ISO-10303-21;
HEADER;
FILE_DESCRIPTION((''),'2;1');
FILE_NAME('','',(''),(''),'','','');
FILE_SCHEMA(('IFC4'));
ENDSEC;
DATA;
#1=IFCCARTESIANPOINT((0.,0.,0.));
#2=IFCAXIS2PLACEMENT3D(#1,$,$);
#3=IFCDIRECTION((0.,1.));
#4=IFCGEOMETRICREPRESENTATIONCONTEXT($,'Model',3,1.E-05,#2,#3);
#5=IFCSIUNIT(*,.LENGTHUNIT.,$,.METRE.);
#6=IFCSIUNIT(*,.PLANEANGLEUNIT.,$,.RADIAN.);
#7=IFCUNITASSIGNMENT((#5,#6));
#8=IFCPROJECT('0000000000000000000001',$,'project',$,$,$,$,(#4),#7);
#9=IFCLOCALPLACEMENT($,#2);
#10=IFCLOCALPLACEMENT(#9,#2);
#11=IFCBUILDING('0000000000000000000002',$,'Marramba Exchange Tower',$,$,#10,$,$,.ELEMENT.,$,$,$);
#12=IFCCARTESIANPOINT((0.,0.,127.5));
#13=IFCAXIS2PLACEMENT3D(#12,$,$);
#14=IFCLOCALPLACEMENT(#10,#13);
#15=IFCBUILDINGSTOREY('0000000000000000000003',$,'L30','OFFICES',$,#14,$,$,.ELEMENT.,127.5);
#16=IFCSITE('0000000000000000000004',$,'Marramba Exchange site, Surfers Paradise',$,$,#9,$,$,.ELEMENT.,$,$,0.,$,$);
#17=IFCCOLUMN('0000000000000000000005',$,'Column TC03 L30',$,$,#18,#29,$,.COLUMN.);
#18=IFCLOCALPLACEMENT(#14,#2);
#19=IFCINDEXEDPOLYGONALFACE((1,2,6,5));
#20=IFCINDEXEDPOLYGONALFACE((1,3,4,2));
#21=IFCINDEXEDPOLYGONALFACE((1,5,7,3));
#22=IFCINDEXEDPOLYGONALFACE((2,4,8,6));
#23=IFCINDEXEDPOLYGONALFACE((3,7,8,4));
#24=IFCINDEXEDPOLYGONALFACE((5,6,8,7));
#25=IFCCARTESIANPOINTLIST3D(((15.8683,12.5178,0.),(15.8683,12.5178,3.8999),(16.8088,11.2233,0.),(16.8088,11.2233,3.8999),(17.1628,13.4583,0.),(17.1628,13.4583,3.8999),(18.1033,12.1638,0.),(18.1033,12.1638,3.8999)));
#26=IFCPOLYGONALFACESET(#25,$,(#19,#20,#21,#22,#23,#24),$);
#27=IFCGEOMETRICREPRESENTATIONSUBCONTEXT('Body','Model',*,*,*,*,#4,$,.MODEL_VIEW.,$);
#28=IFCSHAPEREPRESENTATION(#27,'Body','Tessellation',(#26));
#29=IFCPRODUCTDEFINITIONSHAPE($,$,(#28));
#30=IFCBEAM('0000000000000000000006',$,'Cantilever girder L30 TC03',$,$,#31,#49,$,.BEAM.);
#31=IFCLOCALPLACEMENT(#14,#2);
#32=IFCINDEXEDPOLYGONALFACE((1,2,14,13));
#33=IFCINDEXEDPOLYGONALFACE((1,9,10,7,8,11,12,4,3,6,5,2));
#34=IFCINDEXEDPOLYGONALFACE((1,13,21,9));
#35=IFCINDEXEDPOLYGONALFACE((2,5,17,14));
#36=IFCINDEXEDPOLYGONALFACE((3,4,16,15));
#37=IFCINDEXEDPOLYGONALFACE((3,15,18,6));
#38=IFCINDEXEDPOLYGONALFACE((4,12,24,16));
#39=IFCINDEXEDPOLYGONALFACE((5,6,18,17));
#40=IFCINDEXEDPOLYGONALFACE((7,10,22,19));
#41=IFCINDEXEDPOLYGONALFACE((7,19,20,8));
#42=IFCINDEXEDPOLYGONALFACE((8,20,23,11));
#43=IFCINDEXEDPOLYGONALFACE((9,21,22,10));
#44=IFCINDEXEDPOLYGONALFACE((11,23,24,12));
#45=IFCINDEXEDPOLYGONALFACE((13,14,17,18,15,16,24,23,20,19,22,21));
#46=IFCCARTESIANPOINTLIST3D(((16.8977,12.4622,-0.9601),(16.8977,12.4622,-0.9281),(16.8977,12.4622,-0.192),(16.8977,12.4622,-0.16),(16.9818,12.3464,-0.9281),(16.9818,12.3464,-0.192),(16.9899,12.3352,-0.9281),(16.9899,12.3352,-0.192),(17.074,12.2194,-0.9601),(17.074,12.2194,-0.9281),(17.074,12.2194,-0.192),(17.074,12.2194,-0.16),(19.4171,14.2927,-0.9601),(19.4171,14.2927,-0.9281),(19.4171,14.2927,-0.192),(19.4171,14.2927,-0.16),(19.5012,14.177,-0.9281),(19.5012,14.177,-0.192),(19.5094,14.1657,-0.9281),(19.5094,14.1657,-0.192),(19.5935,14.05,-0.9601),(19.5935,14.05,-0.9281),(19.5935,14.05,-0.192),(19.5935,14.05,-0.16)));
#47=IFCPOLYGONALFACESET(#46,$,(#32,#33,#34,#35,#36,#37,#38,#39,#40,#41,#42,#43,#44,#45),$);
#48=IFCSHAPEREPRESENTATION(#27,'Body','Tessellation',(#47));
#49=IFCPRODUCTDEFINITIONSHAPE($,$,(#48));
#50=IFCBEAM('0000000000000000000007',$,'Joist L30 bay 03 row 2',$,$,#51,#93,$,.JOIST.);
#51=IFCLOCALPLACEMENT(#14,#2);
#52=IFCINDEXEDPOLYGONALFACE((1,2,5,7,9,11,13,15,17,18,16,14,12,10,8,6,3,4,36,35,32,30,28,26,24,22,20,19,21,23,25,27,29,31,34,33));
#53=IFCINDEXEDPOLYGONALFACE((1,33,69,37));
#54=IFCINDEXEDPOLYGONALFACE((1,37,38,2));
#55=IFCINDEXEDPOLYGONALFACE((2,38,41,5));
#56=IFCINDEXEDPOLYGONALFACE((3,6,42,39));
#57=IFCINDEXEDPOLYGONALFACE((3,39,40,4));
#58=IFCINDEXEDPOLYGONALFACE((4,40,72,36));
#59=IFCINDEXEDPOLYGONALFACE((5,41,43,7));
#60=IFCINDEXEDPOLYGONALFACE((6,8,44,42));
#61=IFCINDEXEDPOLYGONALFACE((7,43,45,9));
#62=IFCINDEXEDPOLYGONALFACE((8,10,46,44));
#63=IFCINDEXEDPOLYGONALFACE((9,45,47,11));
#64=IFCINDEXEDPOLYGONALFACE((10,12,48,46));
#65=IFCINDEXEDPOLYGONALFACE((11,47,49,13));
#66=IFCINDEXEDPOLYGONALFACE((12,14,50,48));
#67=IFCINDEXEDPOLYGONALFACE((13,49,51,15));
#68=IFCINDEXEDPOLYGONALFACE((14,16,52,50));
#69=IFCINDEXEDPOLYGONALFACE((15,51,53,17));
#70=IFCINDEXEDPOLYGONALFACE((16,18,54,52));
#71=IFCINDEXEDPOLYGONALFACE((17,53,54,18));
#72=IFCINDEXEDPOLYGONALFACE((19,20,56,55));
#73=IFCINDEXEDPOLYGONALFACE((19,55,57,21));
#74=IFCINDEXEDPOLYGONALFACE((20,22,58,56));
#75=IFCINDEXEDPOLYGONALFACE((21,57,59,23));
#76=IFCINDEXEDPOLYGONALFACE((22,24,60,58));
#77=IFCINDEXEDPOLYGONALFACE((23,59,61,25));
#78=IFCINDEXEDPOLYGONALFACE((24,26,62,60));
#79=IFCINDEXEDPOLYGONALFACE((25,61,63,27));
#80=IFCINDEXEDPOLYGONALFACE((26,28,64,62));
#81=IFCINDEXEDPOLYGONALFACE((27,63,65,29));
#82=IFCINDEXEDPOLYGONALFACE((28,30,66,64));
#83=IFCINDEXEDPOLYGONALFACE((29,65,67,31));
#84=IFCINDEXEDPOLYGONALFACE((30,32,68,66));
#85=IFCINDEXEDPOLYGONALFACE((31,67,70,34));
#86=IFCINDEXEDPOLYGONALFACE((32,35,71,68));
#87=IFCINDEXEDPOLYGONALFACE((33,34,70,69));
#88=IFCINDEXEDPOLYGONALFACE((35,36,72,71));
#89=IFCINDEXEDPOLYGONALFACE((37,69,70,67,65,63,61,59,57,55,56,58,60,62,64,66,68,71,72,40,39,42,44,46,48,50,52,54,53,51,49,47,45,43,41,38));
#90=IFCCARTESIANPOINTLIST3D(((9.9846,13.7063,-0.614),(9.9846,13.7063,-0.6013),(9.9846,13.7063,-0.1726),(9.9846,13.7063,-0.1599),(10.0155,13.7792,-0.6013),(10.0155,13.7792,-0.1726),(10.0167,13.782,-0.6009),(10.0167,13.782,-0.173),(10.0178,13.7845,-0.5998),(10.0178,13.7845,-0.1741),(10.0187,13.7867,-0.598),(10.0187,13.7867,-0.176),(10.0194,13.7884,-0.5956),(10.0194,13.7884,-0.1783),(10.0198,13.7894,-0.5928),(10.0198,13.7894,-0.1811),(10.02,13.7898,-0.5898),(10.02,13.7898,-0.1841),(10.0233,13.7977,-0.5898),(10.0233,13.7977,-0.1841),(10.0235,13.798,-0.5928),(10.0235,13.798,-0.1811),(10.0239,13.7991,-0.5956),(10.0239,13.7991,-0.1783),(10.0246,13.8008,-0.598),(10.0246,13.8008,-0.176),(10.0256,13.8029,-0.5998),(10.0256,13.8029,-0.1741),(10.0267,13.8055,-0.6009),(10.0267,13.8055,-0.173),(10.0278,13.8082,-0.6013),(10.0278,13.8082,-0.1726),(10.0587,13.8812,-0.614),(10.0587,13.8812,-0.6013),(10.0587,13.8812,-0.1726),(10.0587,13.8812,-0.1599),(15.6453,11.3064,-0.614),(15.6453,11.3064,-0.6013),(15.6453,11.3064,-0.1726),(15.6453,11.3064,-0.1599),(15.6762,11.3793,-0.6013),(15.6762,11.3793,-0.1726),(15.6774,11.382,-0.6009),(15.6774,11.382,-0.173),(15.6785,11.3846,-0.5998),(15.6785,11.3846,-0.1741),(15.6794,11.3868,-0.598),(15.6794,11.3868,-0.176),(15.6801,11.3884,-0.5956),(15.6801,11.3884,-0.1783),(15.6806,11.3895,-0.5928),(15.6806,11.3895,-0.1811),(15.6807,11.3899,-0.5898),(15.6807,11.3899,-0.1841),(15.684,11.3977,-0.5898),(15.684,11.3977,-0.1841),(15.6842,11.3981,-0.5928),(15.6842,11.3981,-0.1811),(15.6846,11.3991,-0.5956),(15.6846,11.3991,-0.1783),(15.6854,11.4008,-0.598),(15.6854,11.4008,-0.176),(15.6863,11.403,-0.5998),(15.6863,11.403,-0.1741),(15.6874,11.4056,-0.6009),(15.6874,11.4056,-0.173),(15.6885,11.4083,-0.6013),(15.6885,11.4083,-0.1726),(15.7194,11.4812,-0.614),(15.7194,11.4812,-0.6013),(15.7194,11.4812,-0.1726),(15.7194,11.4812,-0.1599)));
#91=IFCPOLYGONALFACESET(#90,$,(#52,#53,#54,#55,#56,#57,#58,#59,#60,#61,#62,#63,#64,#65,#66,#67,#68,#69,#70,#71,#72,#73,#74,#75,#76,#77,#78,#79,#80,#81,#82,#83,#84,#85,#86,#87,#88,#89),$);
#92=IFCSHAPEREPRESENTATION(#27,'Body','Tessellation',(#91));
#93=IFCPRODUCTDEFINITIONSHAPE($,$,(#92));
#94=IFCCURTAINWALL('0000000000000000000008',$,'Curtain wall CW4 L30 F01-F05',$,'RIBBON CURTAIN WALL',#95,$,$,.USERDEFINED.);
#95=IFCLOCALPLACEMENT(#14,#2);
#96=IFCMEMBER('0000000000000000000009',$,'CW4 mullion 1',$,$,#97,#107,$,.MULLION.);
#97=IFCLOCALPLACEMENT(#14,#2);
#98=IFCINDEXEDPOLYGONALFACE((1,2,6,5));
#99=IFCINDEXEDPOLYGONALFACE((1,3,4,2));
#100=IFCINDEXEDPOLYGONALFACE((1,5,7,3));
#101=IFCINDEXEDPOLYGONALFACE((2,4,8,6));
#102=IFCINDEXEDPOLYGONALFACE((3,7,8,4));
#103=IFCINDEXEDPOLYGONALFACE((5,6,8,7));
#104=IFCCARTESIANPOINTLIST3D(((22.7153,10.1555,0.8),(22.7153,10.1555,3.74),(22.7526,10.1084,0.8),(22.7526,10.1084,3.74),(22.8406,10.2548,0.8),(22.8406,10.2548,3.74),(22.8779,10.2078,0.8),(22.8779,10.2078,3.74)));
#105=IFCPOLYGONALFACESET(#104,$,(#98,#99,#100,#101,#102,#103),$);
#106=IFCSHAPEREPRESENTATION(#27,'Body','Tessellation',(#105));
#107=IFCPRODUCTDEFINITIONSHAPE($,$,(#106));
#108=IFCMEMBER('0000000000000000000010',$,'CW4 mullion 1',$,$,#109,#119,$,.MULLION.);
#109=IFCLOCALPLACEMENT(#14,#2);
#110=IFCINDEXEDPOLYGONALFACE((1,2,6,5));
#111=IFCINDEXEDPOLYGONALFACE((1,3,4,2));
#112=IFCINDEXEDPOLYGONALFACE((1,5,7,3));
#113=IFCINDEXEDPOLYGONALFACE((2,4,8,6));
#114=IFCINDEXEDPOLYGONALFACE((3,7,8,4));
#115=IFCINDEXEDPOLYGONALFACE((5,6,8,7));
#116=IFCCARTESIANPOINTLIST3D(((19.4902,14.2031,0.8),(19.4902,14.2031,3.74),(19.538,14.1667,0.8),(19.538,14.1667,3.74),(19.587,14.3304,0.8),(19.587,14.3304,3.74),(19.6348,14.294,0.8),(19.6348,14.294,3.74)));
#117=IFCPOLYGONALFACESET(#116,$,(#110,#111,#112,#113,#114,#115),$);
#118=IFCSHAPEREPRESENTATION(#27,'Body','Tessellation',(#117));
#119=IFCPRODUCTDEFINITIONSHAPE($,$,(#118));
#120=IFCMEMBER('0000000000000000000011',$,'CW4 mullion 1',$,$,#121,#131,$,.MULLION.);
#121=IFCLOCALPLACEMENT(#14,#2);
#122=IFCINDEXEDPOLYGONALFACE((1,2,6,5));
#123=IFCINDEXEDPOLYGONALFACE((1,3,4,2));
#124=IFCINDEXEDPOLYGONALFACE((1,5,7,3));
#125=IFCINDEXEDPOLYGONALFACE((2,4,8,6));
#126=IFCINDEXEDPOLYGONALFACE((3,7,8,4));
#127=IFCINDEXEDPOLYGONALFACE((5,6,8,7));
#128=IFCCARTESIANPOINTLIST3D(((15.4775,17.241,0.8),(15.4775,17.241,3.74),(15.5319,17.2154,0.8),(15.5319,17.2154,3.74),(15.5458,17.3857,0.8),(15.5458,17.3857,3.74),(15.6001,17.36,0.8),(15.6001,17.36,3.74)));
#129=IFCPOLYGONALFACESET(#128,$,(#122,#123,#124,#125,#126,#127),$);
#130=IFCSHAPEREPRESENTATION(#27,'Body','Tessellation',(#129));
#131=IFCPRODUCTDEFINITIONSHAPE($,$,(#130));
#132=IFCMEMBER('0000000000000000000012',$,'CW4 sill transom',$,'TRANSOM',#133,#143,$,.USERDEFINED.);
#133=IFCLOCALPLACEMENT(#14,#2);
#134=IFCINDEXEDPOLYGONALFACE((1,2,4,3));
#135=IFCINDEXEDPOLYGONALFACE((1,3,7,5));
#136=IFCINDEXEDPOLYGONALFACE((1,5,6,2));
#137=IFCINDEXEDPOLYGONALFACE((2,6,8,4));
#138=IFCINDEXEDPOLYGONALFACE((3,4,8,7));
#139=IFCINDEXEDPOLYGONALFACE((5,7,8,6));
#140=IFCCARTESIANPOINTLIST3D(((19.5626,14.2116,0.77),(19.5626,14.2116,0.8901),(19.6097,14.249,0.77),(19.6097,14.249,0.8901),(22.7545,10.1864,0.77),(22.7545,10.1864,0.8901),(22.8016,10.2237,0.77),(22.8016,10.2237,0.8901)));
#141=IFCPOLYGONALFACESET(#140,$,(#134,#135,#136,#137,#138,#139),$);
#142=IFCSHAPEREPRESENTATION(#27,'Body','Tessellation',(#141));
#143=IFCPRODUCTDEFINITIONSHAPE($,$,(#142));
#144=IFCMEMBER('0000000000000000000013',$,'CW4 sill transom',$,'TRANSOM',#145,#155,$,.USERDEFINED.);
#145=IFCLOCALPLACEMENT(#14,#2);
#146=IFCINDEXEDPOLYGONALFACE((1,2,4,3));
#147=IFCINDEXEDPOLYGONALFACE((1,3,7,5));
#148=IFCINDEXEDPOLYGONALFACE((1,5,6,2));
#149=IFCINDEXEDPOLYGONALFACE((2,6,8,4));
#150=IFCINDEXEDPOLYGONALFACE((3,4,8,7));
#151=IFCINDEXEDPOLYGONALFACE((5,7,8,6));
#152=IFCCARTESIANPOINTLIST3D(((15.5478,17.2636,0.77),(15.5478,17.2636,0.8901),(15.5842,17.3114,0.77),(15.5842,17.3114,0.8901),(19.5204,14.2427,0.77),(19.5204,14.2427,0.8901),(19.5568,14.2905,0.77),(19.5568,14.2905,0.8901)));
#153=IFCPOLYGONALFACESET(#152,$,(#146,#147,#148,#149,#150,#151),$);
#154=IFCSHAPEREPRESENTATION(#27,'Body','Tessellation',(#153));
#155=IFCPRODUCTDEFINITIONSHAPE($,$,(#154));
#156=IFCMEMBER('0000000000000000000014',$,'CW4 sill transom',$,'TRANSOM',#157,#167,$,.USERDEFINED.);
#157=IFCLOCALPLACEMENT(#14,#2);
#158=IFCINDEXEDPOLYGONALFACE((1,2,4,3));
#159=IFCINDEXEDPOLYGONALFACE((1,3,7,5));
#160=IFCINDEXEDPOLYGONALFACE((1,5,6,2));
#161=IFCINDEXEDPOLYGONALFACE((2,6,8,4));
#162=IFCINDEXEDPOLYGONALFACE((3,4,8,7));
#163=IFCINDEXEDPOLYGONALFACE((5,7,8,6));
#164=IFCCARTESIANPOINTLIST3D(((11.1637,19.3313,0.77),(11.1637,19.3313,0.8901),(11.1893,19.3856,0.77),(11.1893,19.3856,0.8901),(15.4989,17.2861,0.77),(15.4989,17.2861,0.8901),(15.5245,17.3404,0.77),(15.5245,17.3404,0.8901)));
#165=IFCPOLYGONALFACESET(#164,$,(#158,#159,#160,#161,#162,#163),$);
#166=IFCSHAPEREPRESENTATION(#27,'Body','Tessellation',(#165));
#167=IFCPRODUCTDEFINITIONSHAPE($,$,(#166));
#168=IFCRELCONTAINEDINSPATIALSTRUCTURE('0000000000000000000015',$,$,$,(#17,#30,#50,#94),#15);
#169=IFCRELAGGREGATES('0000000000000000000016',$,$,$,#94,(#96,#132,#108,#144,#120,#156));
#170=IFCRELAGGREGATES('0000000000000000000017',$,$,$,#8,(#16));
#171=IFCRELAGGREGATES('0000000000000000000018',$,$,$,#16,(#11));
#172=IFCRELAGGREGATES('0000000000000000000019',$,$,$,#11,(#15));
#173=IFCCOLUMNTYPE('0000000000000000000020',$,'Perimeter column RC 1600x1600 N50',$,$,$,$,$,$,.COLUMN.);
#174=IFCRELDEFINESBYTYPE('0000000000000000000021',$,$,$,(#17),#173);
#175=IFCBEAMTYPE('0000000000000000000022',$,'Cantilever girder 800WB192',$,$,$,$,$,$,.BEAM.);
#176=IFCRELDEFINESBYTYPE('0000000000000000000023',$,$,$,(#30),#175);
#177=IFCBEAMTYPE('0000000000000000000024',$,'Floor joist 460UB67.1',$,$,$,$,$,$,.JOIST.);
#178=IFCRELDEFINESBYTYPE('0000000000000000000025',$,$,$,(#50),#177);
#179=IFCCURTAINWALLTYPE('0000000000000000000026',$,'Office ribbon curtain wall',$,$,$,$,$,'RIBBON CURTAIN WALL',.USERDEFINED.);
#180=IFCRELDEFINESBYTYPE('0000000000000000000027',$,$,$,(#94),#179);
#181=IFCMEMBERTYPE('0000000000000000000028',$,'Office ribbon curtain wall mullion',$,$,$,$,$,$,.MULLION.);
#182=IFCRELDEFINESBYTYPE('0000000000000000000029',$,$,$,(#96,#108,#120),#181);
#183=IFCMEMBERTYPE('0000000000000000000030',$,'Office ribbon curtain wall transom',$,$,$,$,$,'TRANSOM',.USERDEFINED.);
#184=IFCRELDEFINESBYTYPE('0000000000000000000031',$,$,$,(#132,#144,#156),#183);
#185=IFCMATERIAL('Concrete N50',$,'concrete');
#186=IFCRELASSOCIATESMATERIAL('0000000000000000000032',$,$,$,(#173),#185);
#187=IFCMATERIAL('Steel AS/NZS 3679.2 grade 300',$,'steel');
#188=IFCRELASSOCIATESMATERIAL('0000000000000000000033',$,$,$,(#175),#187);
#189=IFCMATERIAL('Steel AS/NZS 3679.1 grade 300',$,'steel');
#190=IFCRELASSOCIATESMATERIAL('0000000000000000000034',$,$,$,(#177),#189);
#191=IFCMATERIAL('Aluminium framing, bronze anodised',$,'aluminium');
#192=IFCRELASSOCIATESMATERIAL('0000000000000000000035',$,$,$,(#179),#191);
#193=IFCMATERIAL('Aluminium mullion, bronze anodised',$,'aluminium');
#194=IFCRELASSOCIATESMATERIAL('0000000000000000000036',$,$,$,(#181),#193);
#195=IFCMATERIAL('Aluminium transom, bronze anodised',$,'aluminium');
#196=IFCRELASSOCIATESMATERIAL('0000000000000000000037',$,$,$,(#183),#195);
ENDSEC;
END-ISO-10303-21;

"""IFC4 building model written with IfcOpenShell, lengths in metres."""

from ifc_helpers import new_model, si_unit, direction, frame, origin, origin_2d, place, context, subcontext, project, spatial, rectangle, i_section, extrude, material, material_profile, profile_set, type_object, element, aggregate, save


model = new_model("IFC4")

# Units and contexts
model_context = context("Model", 3, precision=1e-05, world=origin(), true_north=direction((0.0, 1.0)))
body_context = subcontext(model_context, "Body", "Model", "MODEL_VIEW")
ifc_project = project(units=[si_unit("LENGTHUNIT", "METRE"), si_unit("PLANEANGLEUNIT", "RADIAN")], contexts=[model_context])

# Site, building, storey
site_placement = place(None, origin())
site = spatial("IfcSite", under=ifc_project, at=site_placement, Name="Marramba Exchange site, Surfers Paradise", CompositionType="ELEMENT", RefElevation=0.0)
building_placement = place(site_placement, origin())
building = spatial("IfcBuilding", under=site, at=building_placement, Name="Marramba Exchange Tower", CompositionType="ELEMENT")
storey_placement = place(building_placement, frame((0.0, 0.0, 127.5)))
storey = spatial("IfcBuildingStorey", under=building, at=storey_placement, Name="L30", Description="OFFICES", CompositionType="ELEMENT", Elevation=127.5)

# Column
ifc_material_1 = material(Name="Concrete N50", Category="concrete")
ifc_material_profile_1 = material_profile(ifc_material_1, rectangle(XDim=1.6001, YDim=1.6001, at=origin_2d()), Name="RC 1600x1600")
ifc_profile_set_1 = profile_set([ifc_material_profile_1], Name="Concrete N50")
column_type = type_object("IfcColumnType", Name="Perimeter column RC 1600x1600 N50", PredefinedType="COLUMN", material=ifc_profile_set_1)
column_placement = place(storey_placement, frame((16.9858, 12.3408, 0.0), z_axis=(0.0, 0.0, 1.0), x_axis=(0.809017, 0.587785, 0.0)))
element("IfcColumn", 1, at=column_placement, inside=storey, type_object=column_type, Name="Column TC03 L30", PredefinedType="COLUMN", context=body_context, shape_type="SweptSolid", body=[
    extrude(rectangle(XDim=1.6001, YDim=1.6001, at=origin_2d()), origin(), (0.0, 0.0, 1.0), 3.8999),
])

# Beams
ifc_material_2 = material(Name="Steel AS/NZS 3679.2 grade 300", Category="steel")
ifc_material_profile_2 = material_profile(ifc_material_2, i_section(OverallWidth=0.3, OverallDepth=0.8, WebThickness=0.0139, FlangeThickness=0.032, at=origin_2d()), Name="800WB192")
ifc_profile_set_2 = profile_set([ifc_material_profile_2], Name="Steel AS/NZS 3679.2 grade 300")
beam_type_1 = type_object("IfcBeamType", Name="Cantilever girder 800WB192", PredefinedType="BEAM", material=ifc_profile_set_2)
beam_1_placement = place(storey_placement, frame((16.9858, 12.3408, -0.5601), z_axis=(0.809014, 0.587789, 0.0), x_axis=(-0.587789, 0.809014, 0.0)))
element("IfcBeam", 2, at=beam_1_placement, inside=storey, type_object=beam_type_1, Name="Cantilever girder L30 TC03", PredefinedType="BEAM", context=body_context, shape_type="SweptSolid", body=[
    extrude(i_section(OverallWidth=0.3, OverallDepth=0.8, WebThickness=0.0139, FlangeThickness=0.032, at=origin_2d()), origin(), (0.0, 0.0, 1.0), 3.1143),
])
ifc_material_3 = material(Name="Steel AS/NZS 3679.1 grade 300", Category="steel")
ifc_material_profile_3 = material_profile(ifc_material_3, i_section(OverallWidth=0.1899, OverallDepth=0.4541, WebThickness=0.0085, FlangeThickness=0.0127, FilletRadius=0.0115, at=origin_2d()), Name="460UB67.1")
ifc_profile_set_3 = profile_set([ifc_material_profile_3], Name="Steel AS/NZS 3679.1 grade 300")
beam_type_2 = type_object("IfcBeamType", Name="Floor joist 460UB67.1", PredefinedType="JOIST", material=ifc_profile_set_3)
beam_2_placement = place(storey_placement, frame((15.6824, 11.3938, -0.387), z_axis=(-0.920674, 0.390332, 0.0), x_axis=(-0.390332, -0.920674, 0.0)))
element("IfcBeam", 3, at=beam_2_placement, inside=storey, type_object=beam_type_2, Name="Joist L30 bay 03 row 2", PredefinedType="JOIST", context=body_context, shape_type="SweptSolid", body=[
    extrude(i_section(OverallWidth=0.1899, OverallDepth=0.4541, WebThickness=0.0085, FlangeThickness=0.0127, FilletRadius=0.0115, at=origin_2d()), origin(), (0.0, 0.0, 1.0), 6.1484),
])

# Curtain wall, members
ifc_material_4 = material(Name="Aluminium framing, bronze anodised", Category="aluminium")
curtain_wall_type = type_object("IfcCurtainWallType", Name="Office ribbon curtain wall", ElementType="RIBBON CURTAIN WALL", PredefinedType="USERDEFINED", material=ifc_material_4)
curtain_wall_placement = place(storey_placement, origin())
curtain_wall = element("IfcCurtainWall", 4, at=curtain_wall_placement, inside=storey, type_object=curtain_wall_type, Name="Curtain wall CW4 L30 F01-F05", ObjectType="RIBBON CURTAIN WALL", PredefinedType="USERDEFINED")
ifc_material_5 = material(Name="Aluminium mullion, bronze anodised", Category="aluminium")
ifc_material_profile_4 = material_profile(ifc_material_5, rectangle(XDim=0.1599, YDim=0.0601, at=origin_2d()), Name="CW4 mullion 60x160")
ifc_profile_set_4 = profile_set([ifc_material_profile_4], Name="Aluminium mullion, bronze anodised")
member_type_1 = type_object("IfcMemberType", Name="Office ribbon curtain wall mullion", PredefinedType="MULLION", material=ifc_profile_set_4)
member_1_placement = place(storey_placement, frame((22.7966, 10.1816, 0.8), z_axis=(0.0, 0.0, 1.0), x_axis=(-0.783563, -0.621312, 0.0)))
member_1 = element("IfcMember", 5, at=member_1_placement, type_object=member_type_1, Name="CW4 mullion 1", PredefinedType="MULLION", context=body_context, shape_type="SweptSolid", body=[
    extrude(rectangle(XDim=0.1599, YDim=0.0601, at=origin_2d()), origin(), (0.0, 0.0, 1.0), 2.9399),
])
member_2_placement = place(storey_placement, frame((19.5625, 14.2485, 0.8), z_axis=(0.0, 0.0, 1.0), x_axis=(-0.605334, -0.795972, 0.0)))
member_2 = element("IfcMember", 6, at=member_2_placement, type_object=member_type_1, Name="CW4 mullion 1", PredefinedType="MULLION", context=body_context, shape_type="SweptSolid", body=[
    extrude(rectangle(XDim=0.1599, YDim=0.0601, at=origin_2d()), origin(), (0.0, 0.0, 1.0), 2.9399),
])
member_3_placement = place(storey_placement, frame((15.5388, 17.3005, 0.8), z_axis=(0.0, 0.0, 1.0), x_axis=(-0.426679, -0.904403, 0.0)))
member_3 = element("IfcMember", 7, at=member_3_placement, type_object=member_type_1, Name="CW4 mullion 1", PredefinedType="MULLION", context=body_context, shape_type="SweptSolid", body=[
    extrude(rectangle(XDim=0.1599, YDim=0.0601, at=origin_2d()), origin(), (0.0, 0.0, 1.0), 2.9399),
])
ifc_material_6 = material(Name="Aluminium transom, bronze anodised", Category="aluminium")
ifc_material_profile_5 = material_profile(ifc_material_6, rectangle(XDim=0.0601, YDim=0.1201, at=origin_2d()), Name="CW4 transom 60x120")
ifc_profile_set_5 = profile_set([ifc_material_profile_5], Name="Aluminium transom, bronze anodised")
member_type_2 = type_object("IfcMemberType", Name="Office ribbon curtain wall transom", ElementType="TRANSOM", PredefinedType="USERDEFINED", material=ifc_profile_set_5)
member_4_placement = place(storey_placement, frame((22.7781, 10.2051, 0.8301), z_axis=(-0.621339, 0.783542, 0.0), x_axis=(-0.783542, -0.621339, 0.0)))
member_4 = element("IfcMember", 8, at=member_4_placement, type_object=member_type_2, Name="CW4 sill transom", ObjectType="TRANSOM", PredefinedType="USERDEFINED", context=body_context, shape_type="SweptSolid", body=[
    extrude(rectangle(XDim=0.0601, YDim=0.1201, at=origin_2d()), origin(), (0.0, 0.0, 1.0), 5.1372),
])
member_5_placement = place(storey_placement, frame((19.5386, 14.2666, 0.8301), z_axis=(-0.795991, 0.605309, 0.0), x_axis=(-0.605309, -0.795991, 0.0)))
member_5 = element("IfcMember", 9, at=member_5_placement, type_object=member_type_2, Name="CW4 sill transom", ObjectType="TRANSOM", PredefinedType="USERDEFINED", context=body_context, shape_type="SweptSolid", body=[
    extrude(rectangle(XDim=0.0601, YDim=0.1201, at=origin_2d()), origin(), (0.0, 0.0, 1.0), 4.9907),
])
member_6_placement = place(storey_placement, frame((15.5117, 17.3132, 0.8301), z_axis=(-0.904411, 0.426663, 0.0), x_axis=(-0.426663, -0.904411, 0.0)))
member_6 = element("IfcMember", 10, at=member_6_placement, type_object=member_type_2, Name="CW4 sill transom", ObjectType="TRANSOM", PredefinedType="USERDEFINED", context=body_context, shape_type="SweptSolid", body=[
    extrude(rectangle(XDim=0.0601, YDim=0.1201, at=origin_2d()), origin(), (0.0, 0.0, 1.0), 4.7935),
])

aggregate(curtain_wall, [member_1, member_4, member_2, member_5, member_3, member_6])

save(model, "model.ifc")
